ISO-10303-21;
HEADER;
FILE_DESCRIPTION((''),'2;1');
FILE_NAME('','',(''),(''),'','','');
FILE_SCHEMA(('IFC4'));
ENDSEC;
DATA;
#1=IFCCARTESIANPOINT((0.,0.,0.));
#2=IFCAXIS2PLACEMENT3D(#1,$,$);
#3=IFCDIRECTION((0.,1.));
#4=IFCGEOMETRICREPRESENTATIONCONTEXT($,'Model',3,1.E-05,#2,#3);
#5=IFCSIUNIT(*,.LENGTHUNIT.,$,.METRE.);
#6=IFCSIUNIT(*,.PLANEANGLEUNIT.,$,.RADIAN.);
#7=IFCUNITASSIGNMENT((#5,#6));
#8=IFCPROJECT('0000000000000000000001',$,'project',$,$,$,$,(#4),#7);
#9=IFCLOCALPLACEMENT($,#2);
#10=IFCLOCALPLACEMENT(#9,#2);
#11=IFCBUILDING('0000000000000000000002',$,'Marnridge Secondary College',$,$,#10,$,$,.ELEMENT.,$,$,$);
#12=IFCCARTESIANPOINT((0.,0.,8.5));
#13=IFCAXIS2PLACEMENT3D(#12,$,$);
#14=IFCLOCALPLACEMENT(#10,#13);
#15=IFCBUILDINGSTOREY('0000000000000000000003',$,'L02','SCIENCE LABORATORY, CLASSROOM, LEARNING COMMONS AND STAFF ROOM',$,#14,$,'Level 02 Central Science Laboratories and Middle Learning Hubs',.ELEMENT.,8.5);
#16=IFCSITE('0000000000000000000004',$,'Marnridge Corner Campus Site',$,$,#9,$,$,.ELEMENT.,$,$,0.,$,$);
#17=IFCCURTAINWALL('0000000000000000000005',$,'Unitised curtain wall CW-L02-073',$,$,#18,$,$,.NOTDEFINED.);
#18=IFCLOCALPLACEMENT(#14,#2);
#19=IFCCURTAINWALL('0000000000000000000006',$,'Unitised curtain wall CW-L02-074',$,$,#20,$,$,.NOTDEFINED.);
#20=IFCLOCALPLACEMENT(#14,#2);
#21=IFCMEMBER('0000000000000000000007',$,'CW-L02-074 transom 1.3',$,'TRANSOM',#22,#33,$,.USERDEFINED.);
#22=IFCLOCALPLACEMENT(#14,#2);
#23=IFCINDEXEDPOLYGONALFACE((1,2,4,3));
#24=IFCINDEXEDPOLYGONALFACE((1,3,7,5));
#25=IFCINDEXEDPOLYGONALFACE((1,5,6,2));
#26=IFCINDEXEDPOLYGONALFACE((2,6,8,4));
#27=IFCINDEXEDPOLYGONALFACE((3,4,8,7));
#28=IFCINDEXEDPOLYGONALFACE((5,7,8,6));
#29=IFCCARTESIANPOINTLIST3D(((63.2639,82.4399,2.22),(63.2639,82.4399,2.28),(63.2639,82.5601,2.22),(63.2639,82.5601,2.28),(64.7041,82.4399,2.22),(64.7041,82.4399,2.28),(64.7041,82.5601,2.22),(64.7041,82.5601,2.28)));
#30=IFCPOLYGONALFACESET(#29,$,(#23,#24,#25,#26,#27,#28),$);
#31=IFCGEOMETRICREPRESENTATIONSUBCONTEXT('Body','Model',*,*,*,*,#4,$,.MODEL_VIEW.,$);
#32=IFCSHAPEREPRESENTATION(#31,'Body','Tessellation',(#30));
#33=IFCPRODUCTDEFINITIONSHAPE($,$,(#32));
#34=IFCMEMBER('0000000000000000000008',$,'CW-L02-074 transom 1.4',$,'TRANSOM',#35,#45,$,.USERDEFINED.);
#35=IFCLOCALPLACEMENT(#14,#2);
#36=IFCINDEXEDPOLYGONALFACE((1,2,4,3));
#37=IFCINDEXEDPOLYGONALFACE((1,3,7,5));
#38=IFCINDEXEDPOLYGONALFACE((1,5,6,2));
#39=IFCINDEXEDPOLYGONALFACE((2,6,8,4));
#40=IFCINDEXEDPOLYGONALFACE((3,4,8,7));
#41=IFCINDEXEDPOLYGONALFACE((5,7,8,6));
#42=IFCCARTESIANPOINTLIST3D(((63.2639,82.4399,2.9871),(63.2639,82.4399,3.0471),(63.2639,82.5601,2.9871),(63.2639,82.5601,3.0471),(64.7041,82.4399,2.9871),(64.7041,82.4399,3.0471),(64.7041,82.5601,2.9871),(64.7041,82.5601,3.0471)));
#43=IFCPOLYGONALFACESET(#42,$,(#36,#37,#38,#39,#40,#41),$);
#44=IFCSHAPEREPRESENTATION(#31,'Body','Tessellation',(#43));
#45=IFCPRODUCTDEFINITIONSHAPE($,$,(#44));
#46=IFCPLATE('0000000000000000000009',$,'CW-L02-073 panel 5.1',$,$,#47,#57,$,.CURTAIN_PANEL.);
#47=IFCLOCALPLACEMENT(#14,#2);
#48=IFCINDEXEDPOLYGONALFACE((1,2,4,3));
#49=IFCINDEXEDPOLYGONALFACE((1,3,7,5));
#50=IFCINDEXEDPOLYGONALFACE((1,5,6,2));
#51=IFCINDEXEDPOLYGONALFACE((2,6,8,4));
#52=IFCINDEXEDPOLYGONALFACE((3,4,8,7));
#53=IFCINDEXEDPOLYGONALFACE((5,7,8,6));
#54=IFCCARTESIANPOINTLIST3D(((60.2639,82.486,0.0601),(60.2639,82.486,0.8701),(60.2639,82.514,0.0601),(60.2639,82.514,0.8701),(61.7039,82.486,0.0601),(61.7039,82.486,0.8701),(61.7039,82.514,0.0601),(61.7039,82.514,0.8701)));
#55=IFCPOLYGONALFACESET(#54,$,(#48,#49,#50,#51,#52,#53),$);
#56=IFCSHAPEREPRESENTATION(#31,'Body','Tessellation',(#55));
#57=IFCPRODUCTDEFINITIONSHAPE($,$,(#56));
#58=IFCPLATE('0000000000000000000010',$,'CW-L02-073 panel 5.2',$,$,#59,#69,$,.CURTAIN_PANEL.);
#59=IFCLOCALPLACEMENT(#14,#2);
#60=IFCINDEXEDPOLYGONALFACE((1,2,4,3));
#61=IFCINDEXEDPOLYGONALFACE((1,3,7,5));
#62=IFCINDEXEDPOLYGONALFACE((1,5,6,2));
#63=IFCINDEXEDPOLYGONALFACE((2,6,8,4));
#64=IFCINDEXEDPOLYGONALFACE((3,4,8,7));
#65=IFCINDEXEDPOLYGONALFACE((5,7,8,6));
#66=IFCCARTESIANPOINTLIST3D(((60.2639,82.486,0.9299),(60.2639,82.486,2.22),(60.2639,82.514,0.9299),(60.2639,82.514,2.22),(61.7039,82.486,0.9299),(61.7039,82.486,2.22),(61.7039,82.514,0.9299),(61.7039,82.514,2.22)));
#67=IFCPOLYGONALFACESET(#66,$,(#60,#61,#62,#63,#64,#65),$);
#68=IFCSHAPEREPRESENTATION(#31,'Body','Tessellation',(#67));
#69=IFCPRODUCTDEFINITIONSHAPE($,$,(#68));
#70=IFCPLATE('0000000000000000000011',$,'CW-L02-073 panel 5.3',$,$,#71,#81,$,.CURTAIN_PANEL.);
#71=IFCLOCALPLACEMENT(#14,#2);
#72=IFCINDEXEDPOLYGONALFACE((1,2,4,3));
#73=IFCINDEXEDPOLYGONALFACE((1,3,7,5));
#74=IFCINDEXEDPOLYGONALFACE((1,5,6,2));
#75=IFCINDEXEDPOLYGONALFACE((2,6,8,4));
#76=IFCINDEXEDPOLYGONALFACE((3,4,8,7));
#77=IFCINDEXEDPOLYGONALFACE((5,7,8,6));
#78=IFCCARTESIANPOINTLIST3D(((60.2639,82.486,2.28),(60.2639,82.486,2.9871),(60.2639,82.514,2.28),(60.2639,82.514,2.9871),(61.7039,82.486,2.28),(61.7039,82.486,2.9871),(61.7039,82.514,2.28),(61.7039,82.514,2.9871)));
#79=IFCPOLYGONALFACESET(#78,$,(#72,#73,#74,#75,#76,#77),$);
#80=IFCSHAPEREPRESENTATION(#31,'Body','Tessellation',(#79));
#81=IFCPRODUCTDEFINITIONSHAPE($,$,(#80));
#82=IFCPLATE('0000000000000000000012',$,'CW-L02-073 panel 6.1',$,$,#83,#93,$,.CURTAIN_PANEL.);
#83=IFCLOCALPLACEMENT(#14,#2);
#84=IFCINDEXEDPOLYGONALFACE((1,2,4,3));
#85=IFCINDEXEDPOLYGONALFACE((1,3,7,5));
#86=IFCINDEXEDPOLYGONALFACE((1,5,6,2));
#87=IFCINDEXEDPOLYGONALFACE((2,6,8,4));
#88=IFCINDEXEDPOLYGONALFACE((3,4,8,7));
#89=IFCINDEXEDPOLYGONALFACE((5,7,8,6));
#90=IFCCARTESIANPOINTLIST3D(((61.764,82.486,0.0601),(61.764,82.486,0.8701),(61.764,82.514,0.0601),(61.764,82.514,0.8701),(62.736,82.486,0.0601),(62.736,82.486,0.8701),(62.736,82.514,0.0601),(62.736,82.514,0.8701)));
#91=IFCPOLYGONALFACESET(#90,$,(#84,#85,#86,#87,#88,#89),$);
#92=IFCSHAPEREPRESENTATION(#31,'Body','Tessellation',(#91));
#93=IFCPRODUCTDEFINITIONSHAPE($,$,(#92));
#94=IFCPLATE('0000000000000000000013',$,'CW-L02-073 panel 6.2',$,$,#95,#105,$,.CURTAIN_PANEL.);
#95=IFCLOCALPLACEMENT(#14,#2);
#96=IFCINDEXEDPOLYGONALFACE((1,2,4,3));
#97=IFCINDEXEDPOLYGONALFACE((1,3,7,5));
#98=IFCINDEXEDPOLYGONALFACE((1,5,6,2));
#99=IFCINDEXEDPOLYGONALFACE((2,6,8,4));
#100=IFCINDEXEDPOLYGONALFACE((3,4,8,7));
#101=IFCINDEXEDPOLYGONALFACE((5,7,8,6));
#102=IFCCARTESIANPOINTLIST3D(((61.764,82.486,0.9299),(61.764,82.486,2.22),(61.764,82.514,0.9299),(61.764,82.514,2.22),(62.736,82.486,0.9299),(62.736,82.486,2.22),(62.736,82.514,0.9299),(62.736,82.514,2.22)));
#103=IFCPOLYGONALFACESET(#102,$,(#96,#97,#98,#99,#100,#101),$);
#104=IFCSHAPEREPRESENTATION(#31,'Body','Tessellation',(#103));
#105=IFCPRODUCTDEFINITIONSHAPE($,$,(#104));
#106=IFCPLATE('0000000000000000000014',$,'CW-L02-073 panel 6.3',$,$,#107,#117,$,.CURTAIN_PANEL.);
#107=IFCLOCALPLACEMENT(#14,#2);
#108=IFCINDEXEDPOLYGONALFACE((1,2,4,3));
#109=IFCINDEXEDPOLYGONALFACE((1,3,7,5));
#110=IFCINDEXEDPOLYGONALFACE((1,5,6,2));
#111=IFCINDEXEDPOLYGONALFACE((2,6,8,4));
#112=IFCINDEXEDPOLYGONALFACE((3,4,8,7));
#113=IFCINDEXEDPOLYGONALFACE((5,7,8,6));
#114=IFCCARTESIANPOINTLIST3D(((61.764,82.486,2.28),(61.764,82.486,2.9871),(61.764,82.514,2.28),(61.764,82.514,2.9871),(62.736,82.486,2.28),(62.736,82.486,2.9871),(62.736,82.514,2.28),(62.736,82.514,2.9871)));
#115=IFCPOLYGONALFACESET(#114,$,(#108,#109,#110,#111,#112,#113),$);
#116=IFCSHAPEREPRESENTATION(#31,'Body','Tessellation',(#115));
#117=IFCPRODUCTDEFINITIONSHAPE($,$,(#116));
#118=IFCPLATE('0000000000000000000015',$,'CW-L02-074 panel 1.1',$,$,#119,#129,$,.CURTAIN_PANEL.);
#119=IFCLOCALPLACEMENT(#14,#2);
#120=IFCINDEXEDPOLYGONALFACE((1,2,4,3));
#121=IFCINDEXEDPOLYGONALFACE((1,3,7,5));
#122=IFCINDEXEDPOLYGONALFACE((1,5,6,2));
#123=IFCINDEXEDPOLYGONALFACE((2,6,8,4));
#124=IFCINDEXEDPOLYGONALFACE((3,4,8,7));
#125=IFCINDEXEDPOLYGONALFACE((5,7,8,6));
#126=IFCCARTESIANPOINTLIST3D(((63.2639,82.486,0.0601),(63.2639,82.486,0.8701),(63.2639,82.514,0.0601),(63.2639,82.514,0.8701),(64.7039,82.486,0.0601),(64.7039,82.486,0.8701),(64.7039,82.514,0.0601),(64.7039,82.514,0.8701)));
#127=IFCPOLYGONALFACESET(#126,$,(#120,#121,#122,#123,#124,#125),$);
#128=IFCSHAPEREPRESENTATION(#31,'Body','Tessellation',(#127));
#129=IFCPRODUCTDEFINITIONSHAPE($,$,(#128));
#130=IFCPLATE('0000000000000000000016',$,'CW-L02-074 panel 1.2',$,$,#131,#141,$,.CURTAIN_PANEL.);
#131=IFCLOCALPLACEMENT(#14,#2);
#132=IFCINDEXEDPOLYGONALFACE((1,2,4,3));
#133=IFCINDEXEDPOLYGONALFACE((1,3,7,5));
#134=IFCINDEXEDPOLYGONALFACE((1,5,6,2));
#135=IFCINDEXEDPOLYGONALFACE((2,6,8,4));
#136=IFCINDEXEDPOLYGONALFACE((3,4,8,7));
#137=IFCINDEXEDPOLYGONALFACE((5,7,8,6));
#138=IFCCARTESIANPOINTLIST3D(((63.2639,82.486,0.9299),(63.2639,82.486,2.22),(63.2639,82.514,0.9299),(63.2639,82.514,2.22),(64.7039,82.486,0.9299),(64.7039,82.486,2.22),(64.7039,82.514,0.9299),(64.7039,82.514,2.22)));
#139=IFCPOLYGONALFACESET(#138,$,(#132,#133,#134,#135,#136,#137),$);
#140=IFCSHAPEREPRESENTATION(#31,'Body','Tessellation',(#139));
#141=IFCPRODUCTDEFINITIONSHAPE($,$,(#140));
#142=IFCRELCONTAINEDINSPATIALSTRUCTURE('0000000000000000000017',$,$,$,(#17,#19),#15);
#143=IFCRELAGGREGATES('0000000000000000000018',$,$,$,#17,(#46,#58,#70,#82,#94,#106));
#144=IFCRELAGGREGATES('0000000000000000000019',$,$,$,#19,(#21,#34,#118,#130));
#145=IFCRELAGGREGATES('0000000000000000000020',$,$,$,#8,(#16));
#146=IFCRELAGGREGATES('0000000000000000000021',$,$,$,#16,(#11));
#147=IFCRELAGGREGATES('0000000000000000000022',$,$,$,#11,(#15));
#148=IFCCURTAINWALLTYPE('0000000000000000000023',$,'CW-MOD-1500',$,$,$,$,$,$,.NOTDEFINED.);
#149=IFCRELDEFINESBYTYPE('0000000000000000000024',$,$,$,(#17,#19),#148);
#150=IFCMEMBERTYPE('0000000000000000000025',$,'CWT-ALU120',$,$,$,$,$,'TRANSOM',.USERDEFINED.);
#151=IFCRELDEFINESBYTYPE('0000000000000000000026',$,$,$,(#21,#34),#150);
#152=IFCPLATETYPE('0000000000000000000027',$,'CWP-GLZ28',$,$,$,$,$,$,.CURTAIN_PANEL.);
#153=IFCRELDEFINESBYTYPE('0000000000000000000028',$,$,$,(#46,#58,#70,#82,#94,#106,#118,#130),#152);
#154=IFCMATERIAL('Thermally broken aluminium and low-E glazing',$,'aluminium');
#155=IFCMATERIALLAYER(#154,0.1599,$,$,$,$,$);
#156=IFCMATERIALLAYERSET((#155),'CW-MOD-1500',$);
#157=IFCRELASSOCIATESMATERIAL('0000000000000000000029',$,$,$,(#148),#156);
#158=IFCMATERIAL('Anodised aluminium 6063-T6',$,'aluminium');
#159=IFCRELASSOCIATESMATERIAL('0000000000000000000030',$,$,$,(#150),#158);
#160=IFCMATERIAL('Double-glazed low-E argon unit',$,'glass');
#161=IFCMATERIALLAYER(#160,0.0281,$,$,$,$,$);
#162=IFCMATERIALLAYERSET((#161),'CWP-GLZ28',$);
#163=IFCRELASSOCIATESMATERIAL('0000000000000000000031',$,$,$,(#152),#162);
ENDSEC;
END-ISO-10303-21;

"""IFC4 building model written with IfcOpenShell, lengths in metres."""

from ifc_helpers import new_model, si_unit, direction, frame, origin, origin_2d, place, context, subcontext, project, spatial, rectangle, extrude, material, layer, layer_set, material_profile, profile_set, type_object, element, aggregate, save


model = new_model("IFC4")

# Units and contexts
model_context = context("Model", 3, precision=1e-05, world=origin(), true_north=direction((0.0, 1.0)))
body_context = subcontext(model_context, "Body", "Model", "MODEL_VIEW")
ifc_project = project(units=[si_unit("LENGTHUNIT", "METRE"), si_unit("PLANEANGLEUNIT", "RADIAN")], contexts=[model_context])

# Site, building, storey
site_placement = place(None, origin())
site = spatial("IfcSite", under=ifc_project, at=site_placement, Name="Marnridge Corner Campus Site", CompositionType="ELEMENT", RefElevation=0.0)
building_placement = place(site_placement, origin())
building = spatial("IfcBuilding", under=site, at=building_placement, Name="Marnridge Secondary College", CompositionType="ELEMENT")
storey_placement = place(building_placement, frame((0.0, 0.0, 8.5)))
storey = spatial("IfcBuildingStorey", under=building, at=storey_placement, Name="L02", Description="SCIENCE LABORATORY, CLASSROOM, LEARNING COMMONS AND STAFF ROOM", LongName="Level 02 Central Science Laboratories and Middle Learning Hubs", CompositionType="ELEMENT", Elevation=8.5)

# Curtain wall
ifc_material_1 = material(Name="Thermally broken aluminium and low-E glazing", Category="aluminium")
ifc_layer_1 = layer(ifc_material_1, 0.1599)
ifc_layer_set_1 = layer_set([ifc_layer_1], Name="CW-MOD-1500")
curtain_wall_type = type_object("IfcCurtainWallType", Name="CW-MOD-1500", PredefinedType="NOTDEFINED", material=ifc_layer_set_1)
curtain_wall_1_placement = place(storey_placement, origin())
curtain_wall_1 = element("IfcCurtainWall", 1, at=curtain_wall_1_placement, inside=storey, type_object=curtain_wall_type, Name="Unitised curtain wall CW-L02-073", PredefinedType="NOTDEFINED")

# Curtain wall
curtain_wall_2_placement = place(storey_placement, origin())
curtain_wall_2 = element("IfcCurtainWall", 2, at=curtain_wall_2_placement, inside=storey, type_object=curtain_wall_type, Name="Unitised curtain wall CW-L02-074", PredefinedType="NOTDEFINED")

# Members
ifc_material_2 = material(Name="Anodised aluminium 6063-T6", Category="aluminium")
ifc_material_profile_1 = material_profile(ifc_material_2, rectangle(XDim=0.0601, YDim=0.1201, at=origin_2d()), Name="ALU 60x120")
ifc_profile_set_1 = profile_set([ifc_material_profile_1], Name="Anodised aluminium 6063-T6")
member_type_1 = type_object("IfcMemberType", Name="CWT-ALU120", ElementType="TRANSOM", PredefinedType="USERDEFINED", material=ifc_profile_set_1)
member_1_placement = place(storey_placement, frame((63.2639, 82.5, 2.25), z_axis=(1.0, 0.0, 0.0), x_axis=(0.0, 0.0, 1.0)))
member_1 = element("IfcMember", 3, at=member_1_placement, type_object=member_type_1, Name="CW-L02-074 transom 1.3", ObjectType="TRANSOM", PredefinedType="USERDEFINED", context=body_context, shape_type="SweptSolid", body=[
    extrude(rectangle(XDim=0.0601, YDim=0.1201, at=origin_2d()), origin(), (0.0, 0.0, 1.0), 1.4402),
])
member_2_placement = place(storey_placement, frame((63.2639, 82.5, 3.0171), z_axis=(1.0, 0.0, 0.0), x_axis=(0.0, 0.0, 1.0)))
member_2 = element("IfcMember", 4, at=member_2_placement, type_object=member_type_1, Name="CW-L02-074 transom 1.4", ObjectType="TRANSOM", PredefinedType="USERDEFINED", context=body_context, shape_type="SweptSolid", body=[
    extrude(rectangle(XDim=0.0601, YDim=0.1201, at=origin_2d()), origin(), (0.0, 0.0, 1.0), 1.4402),
])

# Plates
ifc_material_3 = material(Name="Double-glazed low-E argon unit", Category="glass")
ifc_layer_2 = layer(ifc_material_3, 0.0281)
ifc_layer_set_2 = layer_set([ifc_layer_2], Name="CWP-GLZ28")
plate_type = type_object("IfcPlateType", Name="CWP-GLZ28", PredefinedType="CURTAIN_PANEL", material=ifc_layer_set_2)
plate_1_placement = place(storey_placement, frame((60.9839, 82.5, 0.0601), z_axis=(0.0, 0.0, 1.0), x_axis=(1.0, 0.0, 0.0)))
plate_1 = element("IfcPlate", 5, at=plate_1_placement, type_object=plate_type, Name="CW-L02-073 panel 5.1", PredefinedType="CURTAIN_PANEL", context=body_context, shape_type="SweptSolid", body=[
    extrude(rectangle(XDim=1.4399, YDim=0.0281, at=origin_2d()), origin(), (0.0, 0.0, 1.0), 0.8101),
])
plate_2_placement = place(storey_placement, frame((60.9839, 82.5, 0.9299), z_axis=(0.0, 0.0, 1.0), x_axis=(1.0, 0.0, 0.0)))
plate_2 = element("IfcPlate", 6, at=plate_2_placement, type_object=plate_type, Name="CW-L02-073 panel 5.2", PredefinedType="CURTAIN_PANEL", context=body_context, shape_type="SweptSolid", body=[
    extrude(rectangle(XDim=1.4399, YDim=0.0281, at=origin_2d()), origin(), (0.0, 0.0, 1.0), 1.29),
])
plate_3_placement = place(storey_placement, frame((60.9839, 82.5, 2.28), z_axis=(0.0, 0.0, 1.0), x_axis=(1.0, 0.0, 0.0)))
plate_3 = element("IfcPlate", 7, at=plate_3_placement, type_object=plate_type, Name="CW-L02-073 panel 5.3", PredefinedType="CURTAIN_PANEL", context=body_context, shape_type="SweptSolid", body=[
    extrude(rectangle(XDim=1.4399, YDim=0.0281, at=origin_2d()), origin(), (0.0, 0.0, 1.0), 0.707),
])
plate_4_placement = place(storey_placement, frame((62.25, 82.5, 0.0601), z_axis=(0.0, 0.0, 1.0), x_axis=(1.0, 0.0, 0.0)))
plate_4 = element("IfcPlate", 8, at=plate_4_placement, type_object=plate_type, Name="CW-L02-073 panel 6.1", PredefinedType="CURTAIN_PANEL", context=body_context, shape_type="SweptSolid", body=[
    extrude(rectangle(XDim=0.9719, YDim=0.0281, at=origin_2d()), origin(), (0.0, 0.0, 1.0), 0.8101),
])
plate_5_placement = place(storey_placement, frame((62.25, 82.5, 0.9299), z_axis=(0.0, 0.0, 1.0), x_axis=(1.0, 0.0, 0.0)))
plate_5 = element("IfcPlate", 9, at=plate_5_placement, type_object=plate_type, Name="CW-L02-073 panel 6.2", PredefinedType="CURTAIN_PANEL", context=body_context, shape_type="SweptSolid", body=[
    extrude(rectangle(XDim=0.9719, YDim=0.0281, at=origin_2d()), origin(), (0.0, 0.0, 1.0), 1.29),
])
plate_6_placement = place(storey_placement, frame((62.25, 82.5, 2.28), z_axis=(0.0, 0.0, 1.0), x_axis=(1.0, 0.0, 0.0)))
plate_6 = element("IfcPlate", 10, at=plate_6_placement, type_object=plate_type, Name="CW-L02-073 panel 6.3", PredefinedType="CURTAIN_PANEL", context=body_context, shape_type="SweptSolid", body=[
    extrude(rectangle(XDim=0.9719, YDim=0.0281, at=origin_2d()), origin(), (0.0, 0.0, 1.0), 0.707),
])
aggregate(curtain_wall_1, [plate_1, plate_2, plate_3, plate_4, plate_5, plate_6])
plate_7_placement = place(storey_placement, frame((63.9839, 82.5, 0.0601), z_axis=(0.0, 0.0, 1.0), x_axis=(1.0, 0.0, 0.0)))
plate_7 = element("IfcPlate", 11, at=plate_7_placement, type_object=plate_type, Name="CW-L02-074 panel 1.1", PredefinedType="CURTAIN_PANEL", context=body_context, shape_type="SweptSolid", body=[
    extrude(rectangle(XDim=1.4399, YDim=0.0281, at=origin_2d()), origin(), (0.0, 0.0, 1.0), 0.8101),
])
plate_8_placement = place(storey_placement, frame((63.9839, 82.5, 0.9299), z_axis=(0.0, 0.0, 1.0), x_axis=(1.0, 0.0, 0.0)))
plate_8 = element("IfcPlate", 12, at=plate_8_placement, type_object=plate_type, Name="CW-L02-074 panel 1.2", PredefinedType="CURTAIN_PANEL", context=body_context, shape_type="SweptSolid", body=[
    extrude(rectangle(XDim=1.4399, YDim=0.0281, at=origin_2d()), origin(), (0.0, 0.0, 1.0), 1.29),
])
aggregate(curtain_wall_2, [member_1, member_2, plate_7, plate_8])

save(model, "model.ifc")
